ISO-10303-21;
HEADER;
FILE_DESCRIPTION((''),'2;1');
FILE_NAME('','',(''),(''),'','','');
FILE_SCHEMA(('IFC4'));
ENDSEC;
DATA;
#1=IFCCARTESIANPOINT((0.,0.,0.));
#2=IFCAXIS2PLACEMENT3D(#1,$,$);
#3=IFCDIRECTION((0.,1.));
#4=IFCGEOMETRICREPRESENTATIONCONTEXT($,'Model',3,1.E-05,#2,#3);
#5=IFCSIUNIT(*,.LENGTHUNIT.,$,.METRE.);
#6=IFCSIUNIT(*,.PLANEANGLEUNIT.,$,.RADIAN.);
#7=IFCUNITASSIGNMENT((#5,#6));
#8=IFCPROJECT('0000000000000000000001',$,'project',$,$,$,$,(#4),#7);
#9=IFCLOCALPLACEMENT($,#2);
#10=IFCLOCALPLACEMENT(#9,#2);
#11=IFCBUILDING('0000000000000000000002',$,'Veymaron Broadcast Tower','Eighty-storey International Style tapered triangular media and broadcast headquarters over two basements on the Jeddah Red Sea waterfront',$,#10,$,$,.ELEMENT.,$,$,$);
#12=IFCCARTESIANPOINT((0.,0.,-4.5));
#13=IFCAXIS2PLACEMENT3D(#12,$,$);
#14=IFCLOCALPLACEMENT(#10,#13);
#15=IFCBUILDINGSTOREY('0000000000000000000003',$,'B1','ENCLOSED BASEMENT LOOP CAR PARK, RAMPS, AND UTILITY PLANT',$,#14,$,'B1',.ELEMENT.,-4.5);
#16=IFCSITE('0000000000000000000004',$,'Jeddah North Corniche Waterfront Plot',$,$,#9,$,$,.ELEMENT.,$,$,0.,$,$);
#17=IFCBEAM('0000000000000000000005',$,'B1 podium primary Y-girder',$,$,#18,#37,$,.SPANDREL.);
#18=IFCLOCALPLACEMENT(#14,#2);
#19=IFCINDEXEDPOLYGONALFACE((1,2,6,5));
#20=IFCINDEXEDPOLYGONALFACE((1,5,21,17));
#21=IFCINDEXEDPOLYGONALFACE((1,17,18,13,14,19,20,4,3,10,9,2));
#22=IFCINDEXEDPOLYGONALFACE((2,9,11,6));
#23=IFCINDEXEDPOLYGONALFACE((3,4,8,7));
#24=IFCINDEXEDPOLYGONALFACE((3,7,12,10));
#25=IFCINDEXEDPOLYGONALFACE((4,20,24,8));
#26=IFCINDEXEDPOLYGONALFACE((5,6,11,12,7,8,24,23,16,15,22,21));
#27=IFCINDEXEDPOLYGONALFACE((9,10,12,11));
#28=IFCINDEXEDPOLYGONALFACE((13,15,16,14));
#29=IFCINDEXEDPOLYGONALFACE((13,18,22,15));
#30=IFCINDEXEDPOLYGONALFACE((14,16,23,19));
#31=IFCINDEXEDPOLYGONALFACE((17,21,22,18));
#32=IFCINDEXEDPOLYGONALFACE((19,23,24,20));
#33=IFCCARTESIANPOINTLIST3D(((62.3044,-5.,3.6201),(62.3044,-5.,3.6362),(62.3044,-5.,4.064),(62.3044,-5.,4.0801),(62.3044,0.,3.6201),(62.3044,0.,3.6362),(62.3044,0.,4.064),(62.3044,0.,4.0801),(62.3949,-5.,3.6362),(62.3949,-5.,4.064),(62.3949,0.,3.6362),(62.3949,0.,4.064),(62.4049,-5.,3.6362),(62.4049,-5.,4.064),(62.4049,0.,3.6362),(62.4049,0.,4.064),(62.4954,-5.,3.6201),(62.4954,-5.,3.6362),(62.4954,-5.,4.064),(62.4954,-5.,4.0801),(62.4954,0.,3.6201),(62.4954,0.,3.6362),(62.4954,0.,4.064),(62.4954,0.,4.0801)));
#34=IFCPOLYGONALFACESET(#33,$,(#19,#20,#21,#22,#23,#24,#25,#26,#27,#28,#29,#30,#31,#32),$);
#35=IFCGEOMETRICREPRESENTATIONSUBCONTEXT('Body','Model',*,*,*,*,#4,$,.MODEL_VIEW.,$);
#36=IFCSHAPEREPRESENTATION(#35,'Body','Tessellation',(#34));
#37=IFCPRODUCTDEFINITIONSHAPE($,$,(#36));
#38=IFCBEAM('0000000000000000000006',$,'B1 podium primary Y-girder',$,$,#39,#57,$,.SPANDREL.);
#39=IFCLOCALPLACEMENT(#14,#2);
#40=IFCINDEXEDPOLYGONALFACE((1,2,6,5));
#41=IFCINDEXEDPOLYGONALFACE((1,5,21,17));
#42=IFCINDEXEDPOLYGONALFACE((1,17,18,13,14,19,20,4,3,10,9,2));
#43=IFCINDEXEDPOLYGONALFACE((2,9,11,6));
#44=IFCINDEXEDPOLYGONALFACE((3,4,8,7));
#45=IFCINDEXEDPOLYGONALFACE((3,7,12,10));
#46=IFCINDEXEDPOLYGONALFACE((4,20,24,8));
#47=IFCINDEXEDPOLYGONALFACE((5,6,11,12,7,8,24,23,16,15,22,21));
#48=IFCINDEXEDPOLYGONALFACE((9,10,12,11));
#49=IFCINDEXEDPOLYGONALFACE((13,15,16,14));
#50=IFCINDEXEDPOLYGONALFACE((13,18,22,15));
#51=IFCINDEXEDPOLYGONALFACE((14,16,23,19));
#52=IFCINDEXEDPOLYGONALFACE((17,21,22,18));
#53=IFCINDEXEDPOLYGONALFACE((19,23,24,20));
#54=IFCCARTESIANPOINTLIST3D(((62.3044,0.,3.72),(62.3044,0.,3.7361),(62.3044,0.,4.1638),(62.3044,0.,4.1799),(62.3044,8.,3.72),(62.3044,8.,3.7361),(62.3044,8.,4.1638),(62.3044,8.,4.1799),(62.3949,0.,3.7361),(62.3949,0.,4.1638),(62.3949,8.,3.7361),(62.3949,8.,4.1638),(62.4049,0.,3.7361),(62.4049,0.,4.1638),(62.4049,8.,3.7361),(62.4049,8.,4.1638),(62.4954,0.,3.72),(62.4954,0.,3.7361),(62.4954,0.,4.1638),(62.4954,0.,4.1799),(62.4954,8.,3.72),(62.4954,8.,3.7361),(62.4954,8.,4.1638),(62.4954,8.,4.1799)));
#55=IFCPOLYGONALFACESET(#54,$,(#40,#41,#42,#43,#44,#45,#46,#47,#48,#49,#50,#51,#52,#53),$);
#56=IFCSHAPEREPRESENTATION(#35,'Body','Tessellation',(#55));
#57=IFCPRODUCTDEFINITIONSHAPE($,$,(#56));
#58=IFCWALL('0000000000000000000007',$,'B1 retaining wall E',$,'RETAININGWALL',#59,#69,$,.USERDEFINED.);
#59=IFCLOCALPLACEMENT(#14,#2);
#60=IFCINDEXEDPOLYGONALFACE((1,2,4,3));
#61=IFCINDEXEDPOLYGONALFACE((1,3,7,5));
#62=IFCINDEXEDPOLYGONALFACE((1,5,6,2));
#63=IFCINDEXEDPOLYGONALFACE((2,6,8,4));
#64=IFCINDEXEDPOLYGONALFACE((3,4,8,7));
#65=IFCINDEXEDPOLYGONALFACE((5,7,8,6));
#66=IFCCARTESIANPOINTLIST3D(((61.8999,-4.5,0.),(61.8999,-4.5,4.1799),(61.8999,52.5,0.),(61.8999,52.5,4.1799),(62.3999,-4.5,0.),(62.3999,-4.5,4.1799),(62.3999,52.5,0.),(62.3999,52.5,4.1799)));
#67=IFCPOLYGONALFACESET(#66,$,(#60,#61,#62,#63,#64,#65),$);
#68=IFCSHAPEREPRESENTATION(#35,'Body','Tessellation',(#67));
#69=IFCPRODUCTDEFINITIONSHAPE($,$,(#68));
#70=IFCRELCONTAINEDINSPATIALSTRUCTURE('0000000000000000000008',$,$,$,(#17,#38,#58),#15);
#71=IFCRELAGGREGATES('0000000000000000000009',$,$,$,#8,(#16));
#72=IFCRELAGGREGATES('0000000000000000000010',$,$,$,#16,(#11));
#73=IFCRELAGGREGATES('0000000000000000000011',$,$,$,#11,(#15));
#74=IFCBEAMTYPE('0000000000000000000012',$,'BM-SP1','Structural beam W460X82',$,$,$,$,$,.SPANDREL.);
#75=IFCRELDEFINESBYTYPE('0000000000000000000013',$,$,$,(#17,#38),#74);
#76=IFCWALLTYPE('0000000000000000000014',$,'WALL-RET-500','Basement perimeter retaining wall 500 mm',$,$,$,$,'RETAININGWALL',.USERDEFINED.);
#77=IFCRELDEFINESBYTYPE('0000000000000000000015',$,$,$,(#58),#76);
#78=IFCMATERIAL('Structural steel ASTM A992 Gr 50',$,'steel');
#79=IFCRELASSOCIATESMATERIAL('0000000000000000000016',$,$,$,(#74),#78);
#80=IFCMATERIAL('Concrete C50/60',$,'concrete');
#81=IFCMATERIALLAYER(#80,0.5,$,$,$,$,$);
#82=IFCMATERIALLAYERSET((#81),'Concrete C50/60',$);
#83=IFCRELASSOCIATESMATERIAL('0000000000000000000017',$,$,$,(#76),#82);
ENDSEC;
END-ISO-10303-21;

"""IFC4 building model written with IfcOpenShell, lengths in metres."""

from ifc_helpers import new_model, si_unit, direction, frame, frame_2d, origin, origin_2d, place, context, subcontext, project, spatial, rectangle, i_section, extrude, material, layer, layer_set, material_profile, profile_set, type_object, element, save


model = new_model("IFC4")

# Units and contexts
model_context = context("Model", 3, precision=1e-05, world=origin(), true_north=direction((0.0, 1.0)))
body_context = subcontext(model_context, "Body", "Model", "MODEL_VIEW")
ifc_project = project(units=[si_unit("LENGTHUNIT", "METRE"), si_unit("PLANEANGLEUNIT", "RADIAN")], contexts=[model_context])

# Site, building, storey
site_placement = place(None, origin())
site = spatial("IfcSite", under=ifc_project, at=site_placement, Name="Jeddah North Corniche Waterfront Plot", CompositionType="ELEMENT", RefElevation=0.0)
building_placement = place(site_placement, origin())
building = spatial("IfcBuilding", under=site, at=building_placement, Name="Veymaron Broadcast Tower", Description="Eighty-storey International Style tapered triangular media and broadcast headquarters over two basements on the Jeddah Red Sea waterfront", CompositionType="ELEMENT")
storey_placement = place(building_placement, frame((0.0, 0.0, -4.5)))
storey = spatial("IfcBuildingStorey", under=building, at=storey_placement, Name="B1", Description="ENCLOSED BASEMENT LOOP CAR PARK, RAMPS, AND UTILITY PLANT", LongName="B1", CompositionType="ELEMENT", Elevation=-4.5)

# Beams
ifc_material_1 = material(Name="Structural steel ASTM A992 Gr 50", Category="steel")
ifc_material_profile_1 = material_profile(ifc_material_1, i_section(OverallWidth=0.1909, OverallDepth=0.46, WebThickness=0.01, FlangeThickness=0.0161, at=origin_2d()), Name="W460X82")
ifc_profile_set_1 = profile_set([ifc_material_profile_1], Name="Structural steel ASTM A992 Gr 50")
beam_type_1 = type_object("IfcBeamType", Name="BM-SP1", Description="Structural beam W460X82", PredefinedType="SPANDREL", material=ifc_profile_set_1)
beam_1_placement = place(storey_placement, frame((62.3999, -5.0, 3.8501), z_axis=(0.0, 1.0, 0.0), x_axis=(-1.0, 0.0, 0.0)))
element("IfcBeam", 1, at=beam_1_placement, inside=storey, type_object=beam_type_1, Name="B1 podium primary Y-girder", PredefinedType="SPANDREL", context=body_context, shape_type="SweptSolid", body=[
    extrude(i_section(OverallWidth=0.1909, OverallDepth=0.46, WebThickness=0.01, FlangeThickness=0.0161, at=origin_2d()), origin(), (0.0, 0.0, 1.0), 5.0),
])
beam_2_placement = place(storey_placement, frame((62.3999, 0.0, 3.95), z_axis=(0.0, 1.0, 0.0), x_axis=(-1.0, 0.0, 0.0)))
element("IfcBeam", 2, at=beam_2_placement, inside=storey, type_object=beam_type_1, Name="B1 podium primary Y-girder", PredefinedType="SPANDREL", context=body_context, shape_type="SweptSolid", body=[
    extrude(i_section(OverallWidth=0.1909, OverallDepth=0.46, WebThickness=0.01, FlangeThickness=0.0161, at=origin_2d()), origin(), (0.0, 0.0, 1.0), 8.0),
])

# Wall
ifc_material_2 = material(Name="Concrete C50/60", Category="concrete")
ifc_layer = layer(ifc_material_2, 0.5)
ifc_layer_set = layer_set([ifc_layer], Name="Concrete C50/60")
wall_type = type_object("IfcWallType", Name="WALL-RET-500", Description="Basement perimeter retaining wall 500 mm", ElementType="RETAININGWALL", PredefinedType="USERDEFINED", material=ifc_layer_set)
wall_placement = place(storey_placement, frame((62.1499, -4.5, 0.0), z_axis=(0.0, 0.0, 1.0), x_axis=(0.0, 1.0, 0.0)))
element("IfcWall", 3, at=wall_placement, inside=storey, type_object=wall_type, Name="B1 retaining wall E", ObjectType="RETAININGWALL", PredefinedType="USERDEFINED", context=body_context, shape_type="SweptSolid", body=[
    extrude(rectangle(XDim=57.0, YDim=0.5, at=frame_2d((28.5, 0.0))), origin(), (0.0, 0.0, 1.0), 4.1799),
])

save(model, "model.ifc")
